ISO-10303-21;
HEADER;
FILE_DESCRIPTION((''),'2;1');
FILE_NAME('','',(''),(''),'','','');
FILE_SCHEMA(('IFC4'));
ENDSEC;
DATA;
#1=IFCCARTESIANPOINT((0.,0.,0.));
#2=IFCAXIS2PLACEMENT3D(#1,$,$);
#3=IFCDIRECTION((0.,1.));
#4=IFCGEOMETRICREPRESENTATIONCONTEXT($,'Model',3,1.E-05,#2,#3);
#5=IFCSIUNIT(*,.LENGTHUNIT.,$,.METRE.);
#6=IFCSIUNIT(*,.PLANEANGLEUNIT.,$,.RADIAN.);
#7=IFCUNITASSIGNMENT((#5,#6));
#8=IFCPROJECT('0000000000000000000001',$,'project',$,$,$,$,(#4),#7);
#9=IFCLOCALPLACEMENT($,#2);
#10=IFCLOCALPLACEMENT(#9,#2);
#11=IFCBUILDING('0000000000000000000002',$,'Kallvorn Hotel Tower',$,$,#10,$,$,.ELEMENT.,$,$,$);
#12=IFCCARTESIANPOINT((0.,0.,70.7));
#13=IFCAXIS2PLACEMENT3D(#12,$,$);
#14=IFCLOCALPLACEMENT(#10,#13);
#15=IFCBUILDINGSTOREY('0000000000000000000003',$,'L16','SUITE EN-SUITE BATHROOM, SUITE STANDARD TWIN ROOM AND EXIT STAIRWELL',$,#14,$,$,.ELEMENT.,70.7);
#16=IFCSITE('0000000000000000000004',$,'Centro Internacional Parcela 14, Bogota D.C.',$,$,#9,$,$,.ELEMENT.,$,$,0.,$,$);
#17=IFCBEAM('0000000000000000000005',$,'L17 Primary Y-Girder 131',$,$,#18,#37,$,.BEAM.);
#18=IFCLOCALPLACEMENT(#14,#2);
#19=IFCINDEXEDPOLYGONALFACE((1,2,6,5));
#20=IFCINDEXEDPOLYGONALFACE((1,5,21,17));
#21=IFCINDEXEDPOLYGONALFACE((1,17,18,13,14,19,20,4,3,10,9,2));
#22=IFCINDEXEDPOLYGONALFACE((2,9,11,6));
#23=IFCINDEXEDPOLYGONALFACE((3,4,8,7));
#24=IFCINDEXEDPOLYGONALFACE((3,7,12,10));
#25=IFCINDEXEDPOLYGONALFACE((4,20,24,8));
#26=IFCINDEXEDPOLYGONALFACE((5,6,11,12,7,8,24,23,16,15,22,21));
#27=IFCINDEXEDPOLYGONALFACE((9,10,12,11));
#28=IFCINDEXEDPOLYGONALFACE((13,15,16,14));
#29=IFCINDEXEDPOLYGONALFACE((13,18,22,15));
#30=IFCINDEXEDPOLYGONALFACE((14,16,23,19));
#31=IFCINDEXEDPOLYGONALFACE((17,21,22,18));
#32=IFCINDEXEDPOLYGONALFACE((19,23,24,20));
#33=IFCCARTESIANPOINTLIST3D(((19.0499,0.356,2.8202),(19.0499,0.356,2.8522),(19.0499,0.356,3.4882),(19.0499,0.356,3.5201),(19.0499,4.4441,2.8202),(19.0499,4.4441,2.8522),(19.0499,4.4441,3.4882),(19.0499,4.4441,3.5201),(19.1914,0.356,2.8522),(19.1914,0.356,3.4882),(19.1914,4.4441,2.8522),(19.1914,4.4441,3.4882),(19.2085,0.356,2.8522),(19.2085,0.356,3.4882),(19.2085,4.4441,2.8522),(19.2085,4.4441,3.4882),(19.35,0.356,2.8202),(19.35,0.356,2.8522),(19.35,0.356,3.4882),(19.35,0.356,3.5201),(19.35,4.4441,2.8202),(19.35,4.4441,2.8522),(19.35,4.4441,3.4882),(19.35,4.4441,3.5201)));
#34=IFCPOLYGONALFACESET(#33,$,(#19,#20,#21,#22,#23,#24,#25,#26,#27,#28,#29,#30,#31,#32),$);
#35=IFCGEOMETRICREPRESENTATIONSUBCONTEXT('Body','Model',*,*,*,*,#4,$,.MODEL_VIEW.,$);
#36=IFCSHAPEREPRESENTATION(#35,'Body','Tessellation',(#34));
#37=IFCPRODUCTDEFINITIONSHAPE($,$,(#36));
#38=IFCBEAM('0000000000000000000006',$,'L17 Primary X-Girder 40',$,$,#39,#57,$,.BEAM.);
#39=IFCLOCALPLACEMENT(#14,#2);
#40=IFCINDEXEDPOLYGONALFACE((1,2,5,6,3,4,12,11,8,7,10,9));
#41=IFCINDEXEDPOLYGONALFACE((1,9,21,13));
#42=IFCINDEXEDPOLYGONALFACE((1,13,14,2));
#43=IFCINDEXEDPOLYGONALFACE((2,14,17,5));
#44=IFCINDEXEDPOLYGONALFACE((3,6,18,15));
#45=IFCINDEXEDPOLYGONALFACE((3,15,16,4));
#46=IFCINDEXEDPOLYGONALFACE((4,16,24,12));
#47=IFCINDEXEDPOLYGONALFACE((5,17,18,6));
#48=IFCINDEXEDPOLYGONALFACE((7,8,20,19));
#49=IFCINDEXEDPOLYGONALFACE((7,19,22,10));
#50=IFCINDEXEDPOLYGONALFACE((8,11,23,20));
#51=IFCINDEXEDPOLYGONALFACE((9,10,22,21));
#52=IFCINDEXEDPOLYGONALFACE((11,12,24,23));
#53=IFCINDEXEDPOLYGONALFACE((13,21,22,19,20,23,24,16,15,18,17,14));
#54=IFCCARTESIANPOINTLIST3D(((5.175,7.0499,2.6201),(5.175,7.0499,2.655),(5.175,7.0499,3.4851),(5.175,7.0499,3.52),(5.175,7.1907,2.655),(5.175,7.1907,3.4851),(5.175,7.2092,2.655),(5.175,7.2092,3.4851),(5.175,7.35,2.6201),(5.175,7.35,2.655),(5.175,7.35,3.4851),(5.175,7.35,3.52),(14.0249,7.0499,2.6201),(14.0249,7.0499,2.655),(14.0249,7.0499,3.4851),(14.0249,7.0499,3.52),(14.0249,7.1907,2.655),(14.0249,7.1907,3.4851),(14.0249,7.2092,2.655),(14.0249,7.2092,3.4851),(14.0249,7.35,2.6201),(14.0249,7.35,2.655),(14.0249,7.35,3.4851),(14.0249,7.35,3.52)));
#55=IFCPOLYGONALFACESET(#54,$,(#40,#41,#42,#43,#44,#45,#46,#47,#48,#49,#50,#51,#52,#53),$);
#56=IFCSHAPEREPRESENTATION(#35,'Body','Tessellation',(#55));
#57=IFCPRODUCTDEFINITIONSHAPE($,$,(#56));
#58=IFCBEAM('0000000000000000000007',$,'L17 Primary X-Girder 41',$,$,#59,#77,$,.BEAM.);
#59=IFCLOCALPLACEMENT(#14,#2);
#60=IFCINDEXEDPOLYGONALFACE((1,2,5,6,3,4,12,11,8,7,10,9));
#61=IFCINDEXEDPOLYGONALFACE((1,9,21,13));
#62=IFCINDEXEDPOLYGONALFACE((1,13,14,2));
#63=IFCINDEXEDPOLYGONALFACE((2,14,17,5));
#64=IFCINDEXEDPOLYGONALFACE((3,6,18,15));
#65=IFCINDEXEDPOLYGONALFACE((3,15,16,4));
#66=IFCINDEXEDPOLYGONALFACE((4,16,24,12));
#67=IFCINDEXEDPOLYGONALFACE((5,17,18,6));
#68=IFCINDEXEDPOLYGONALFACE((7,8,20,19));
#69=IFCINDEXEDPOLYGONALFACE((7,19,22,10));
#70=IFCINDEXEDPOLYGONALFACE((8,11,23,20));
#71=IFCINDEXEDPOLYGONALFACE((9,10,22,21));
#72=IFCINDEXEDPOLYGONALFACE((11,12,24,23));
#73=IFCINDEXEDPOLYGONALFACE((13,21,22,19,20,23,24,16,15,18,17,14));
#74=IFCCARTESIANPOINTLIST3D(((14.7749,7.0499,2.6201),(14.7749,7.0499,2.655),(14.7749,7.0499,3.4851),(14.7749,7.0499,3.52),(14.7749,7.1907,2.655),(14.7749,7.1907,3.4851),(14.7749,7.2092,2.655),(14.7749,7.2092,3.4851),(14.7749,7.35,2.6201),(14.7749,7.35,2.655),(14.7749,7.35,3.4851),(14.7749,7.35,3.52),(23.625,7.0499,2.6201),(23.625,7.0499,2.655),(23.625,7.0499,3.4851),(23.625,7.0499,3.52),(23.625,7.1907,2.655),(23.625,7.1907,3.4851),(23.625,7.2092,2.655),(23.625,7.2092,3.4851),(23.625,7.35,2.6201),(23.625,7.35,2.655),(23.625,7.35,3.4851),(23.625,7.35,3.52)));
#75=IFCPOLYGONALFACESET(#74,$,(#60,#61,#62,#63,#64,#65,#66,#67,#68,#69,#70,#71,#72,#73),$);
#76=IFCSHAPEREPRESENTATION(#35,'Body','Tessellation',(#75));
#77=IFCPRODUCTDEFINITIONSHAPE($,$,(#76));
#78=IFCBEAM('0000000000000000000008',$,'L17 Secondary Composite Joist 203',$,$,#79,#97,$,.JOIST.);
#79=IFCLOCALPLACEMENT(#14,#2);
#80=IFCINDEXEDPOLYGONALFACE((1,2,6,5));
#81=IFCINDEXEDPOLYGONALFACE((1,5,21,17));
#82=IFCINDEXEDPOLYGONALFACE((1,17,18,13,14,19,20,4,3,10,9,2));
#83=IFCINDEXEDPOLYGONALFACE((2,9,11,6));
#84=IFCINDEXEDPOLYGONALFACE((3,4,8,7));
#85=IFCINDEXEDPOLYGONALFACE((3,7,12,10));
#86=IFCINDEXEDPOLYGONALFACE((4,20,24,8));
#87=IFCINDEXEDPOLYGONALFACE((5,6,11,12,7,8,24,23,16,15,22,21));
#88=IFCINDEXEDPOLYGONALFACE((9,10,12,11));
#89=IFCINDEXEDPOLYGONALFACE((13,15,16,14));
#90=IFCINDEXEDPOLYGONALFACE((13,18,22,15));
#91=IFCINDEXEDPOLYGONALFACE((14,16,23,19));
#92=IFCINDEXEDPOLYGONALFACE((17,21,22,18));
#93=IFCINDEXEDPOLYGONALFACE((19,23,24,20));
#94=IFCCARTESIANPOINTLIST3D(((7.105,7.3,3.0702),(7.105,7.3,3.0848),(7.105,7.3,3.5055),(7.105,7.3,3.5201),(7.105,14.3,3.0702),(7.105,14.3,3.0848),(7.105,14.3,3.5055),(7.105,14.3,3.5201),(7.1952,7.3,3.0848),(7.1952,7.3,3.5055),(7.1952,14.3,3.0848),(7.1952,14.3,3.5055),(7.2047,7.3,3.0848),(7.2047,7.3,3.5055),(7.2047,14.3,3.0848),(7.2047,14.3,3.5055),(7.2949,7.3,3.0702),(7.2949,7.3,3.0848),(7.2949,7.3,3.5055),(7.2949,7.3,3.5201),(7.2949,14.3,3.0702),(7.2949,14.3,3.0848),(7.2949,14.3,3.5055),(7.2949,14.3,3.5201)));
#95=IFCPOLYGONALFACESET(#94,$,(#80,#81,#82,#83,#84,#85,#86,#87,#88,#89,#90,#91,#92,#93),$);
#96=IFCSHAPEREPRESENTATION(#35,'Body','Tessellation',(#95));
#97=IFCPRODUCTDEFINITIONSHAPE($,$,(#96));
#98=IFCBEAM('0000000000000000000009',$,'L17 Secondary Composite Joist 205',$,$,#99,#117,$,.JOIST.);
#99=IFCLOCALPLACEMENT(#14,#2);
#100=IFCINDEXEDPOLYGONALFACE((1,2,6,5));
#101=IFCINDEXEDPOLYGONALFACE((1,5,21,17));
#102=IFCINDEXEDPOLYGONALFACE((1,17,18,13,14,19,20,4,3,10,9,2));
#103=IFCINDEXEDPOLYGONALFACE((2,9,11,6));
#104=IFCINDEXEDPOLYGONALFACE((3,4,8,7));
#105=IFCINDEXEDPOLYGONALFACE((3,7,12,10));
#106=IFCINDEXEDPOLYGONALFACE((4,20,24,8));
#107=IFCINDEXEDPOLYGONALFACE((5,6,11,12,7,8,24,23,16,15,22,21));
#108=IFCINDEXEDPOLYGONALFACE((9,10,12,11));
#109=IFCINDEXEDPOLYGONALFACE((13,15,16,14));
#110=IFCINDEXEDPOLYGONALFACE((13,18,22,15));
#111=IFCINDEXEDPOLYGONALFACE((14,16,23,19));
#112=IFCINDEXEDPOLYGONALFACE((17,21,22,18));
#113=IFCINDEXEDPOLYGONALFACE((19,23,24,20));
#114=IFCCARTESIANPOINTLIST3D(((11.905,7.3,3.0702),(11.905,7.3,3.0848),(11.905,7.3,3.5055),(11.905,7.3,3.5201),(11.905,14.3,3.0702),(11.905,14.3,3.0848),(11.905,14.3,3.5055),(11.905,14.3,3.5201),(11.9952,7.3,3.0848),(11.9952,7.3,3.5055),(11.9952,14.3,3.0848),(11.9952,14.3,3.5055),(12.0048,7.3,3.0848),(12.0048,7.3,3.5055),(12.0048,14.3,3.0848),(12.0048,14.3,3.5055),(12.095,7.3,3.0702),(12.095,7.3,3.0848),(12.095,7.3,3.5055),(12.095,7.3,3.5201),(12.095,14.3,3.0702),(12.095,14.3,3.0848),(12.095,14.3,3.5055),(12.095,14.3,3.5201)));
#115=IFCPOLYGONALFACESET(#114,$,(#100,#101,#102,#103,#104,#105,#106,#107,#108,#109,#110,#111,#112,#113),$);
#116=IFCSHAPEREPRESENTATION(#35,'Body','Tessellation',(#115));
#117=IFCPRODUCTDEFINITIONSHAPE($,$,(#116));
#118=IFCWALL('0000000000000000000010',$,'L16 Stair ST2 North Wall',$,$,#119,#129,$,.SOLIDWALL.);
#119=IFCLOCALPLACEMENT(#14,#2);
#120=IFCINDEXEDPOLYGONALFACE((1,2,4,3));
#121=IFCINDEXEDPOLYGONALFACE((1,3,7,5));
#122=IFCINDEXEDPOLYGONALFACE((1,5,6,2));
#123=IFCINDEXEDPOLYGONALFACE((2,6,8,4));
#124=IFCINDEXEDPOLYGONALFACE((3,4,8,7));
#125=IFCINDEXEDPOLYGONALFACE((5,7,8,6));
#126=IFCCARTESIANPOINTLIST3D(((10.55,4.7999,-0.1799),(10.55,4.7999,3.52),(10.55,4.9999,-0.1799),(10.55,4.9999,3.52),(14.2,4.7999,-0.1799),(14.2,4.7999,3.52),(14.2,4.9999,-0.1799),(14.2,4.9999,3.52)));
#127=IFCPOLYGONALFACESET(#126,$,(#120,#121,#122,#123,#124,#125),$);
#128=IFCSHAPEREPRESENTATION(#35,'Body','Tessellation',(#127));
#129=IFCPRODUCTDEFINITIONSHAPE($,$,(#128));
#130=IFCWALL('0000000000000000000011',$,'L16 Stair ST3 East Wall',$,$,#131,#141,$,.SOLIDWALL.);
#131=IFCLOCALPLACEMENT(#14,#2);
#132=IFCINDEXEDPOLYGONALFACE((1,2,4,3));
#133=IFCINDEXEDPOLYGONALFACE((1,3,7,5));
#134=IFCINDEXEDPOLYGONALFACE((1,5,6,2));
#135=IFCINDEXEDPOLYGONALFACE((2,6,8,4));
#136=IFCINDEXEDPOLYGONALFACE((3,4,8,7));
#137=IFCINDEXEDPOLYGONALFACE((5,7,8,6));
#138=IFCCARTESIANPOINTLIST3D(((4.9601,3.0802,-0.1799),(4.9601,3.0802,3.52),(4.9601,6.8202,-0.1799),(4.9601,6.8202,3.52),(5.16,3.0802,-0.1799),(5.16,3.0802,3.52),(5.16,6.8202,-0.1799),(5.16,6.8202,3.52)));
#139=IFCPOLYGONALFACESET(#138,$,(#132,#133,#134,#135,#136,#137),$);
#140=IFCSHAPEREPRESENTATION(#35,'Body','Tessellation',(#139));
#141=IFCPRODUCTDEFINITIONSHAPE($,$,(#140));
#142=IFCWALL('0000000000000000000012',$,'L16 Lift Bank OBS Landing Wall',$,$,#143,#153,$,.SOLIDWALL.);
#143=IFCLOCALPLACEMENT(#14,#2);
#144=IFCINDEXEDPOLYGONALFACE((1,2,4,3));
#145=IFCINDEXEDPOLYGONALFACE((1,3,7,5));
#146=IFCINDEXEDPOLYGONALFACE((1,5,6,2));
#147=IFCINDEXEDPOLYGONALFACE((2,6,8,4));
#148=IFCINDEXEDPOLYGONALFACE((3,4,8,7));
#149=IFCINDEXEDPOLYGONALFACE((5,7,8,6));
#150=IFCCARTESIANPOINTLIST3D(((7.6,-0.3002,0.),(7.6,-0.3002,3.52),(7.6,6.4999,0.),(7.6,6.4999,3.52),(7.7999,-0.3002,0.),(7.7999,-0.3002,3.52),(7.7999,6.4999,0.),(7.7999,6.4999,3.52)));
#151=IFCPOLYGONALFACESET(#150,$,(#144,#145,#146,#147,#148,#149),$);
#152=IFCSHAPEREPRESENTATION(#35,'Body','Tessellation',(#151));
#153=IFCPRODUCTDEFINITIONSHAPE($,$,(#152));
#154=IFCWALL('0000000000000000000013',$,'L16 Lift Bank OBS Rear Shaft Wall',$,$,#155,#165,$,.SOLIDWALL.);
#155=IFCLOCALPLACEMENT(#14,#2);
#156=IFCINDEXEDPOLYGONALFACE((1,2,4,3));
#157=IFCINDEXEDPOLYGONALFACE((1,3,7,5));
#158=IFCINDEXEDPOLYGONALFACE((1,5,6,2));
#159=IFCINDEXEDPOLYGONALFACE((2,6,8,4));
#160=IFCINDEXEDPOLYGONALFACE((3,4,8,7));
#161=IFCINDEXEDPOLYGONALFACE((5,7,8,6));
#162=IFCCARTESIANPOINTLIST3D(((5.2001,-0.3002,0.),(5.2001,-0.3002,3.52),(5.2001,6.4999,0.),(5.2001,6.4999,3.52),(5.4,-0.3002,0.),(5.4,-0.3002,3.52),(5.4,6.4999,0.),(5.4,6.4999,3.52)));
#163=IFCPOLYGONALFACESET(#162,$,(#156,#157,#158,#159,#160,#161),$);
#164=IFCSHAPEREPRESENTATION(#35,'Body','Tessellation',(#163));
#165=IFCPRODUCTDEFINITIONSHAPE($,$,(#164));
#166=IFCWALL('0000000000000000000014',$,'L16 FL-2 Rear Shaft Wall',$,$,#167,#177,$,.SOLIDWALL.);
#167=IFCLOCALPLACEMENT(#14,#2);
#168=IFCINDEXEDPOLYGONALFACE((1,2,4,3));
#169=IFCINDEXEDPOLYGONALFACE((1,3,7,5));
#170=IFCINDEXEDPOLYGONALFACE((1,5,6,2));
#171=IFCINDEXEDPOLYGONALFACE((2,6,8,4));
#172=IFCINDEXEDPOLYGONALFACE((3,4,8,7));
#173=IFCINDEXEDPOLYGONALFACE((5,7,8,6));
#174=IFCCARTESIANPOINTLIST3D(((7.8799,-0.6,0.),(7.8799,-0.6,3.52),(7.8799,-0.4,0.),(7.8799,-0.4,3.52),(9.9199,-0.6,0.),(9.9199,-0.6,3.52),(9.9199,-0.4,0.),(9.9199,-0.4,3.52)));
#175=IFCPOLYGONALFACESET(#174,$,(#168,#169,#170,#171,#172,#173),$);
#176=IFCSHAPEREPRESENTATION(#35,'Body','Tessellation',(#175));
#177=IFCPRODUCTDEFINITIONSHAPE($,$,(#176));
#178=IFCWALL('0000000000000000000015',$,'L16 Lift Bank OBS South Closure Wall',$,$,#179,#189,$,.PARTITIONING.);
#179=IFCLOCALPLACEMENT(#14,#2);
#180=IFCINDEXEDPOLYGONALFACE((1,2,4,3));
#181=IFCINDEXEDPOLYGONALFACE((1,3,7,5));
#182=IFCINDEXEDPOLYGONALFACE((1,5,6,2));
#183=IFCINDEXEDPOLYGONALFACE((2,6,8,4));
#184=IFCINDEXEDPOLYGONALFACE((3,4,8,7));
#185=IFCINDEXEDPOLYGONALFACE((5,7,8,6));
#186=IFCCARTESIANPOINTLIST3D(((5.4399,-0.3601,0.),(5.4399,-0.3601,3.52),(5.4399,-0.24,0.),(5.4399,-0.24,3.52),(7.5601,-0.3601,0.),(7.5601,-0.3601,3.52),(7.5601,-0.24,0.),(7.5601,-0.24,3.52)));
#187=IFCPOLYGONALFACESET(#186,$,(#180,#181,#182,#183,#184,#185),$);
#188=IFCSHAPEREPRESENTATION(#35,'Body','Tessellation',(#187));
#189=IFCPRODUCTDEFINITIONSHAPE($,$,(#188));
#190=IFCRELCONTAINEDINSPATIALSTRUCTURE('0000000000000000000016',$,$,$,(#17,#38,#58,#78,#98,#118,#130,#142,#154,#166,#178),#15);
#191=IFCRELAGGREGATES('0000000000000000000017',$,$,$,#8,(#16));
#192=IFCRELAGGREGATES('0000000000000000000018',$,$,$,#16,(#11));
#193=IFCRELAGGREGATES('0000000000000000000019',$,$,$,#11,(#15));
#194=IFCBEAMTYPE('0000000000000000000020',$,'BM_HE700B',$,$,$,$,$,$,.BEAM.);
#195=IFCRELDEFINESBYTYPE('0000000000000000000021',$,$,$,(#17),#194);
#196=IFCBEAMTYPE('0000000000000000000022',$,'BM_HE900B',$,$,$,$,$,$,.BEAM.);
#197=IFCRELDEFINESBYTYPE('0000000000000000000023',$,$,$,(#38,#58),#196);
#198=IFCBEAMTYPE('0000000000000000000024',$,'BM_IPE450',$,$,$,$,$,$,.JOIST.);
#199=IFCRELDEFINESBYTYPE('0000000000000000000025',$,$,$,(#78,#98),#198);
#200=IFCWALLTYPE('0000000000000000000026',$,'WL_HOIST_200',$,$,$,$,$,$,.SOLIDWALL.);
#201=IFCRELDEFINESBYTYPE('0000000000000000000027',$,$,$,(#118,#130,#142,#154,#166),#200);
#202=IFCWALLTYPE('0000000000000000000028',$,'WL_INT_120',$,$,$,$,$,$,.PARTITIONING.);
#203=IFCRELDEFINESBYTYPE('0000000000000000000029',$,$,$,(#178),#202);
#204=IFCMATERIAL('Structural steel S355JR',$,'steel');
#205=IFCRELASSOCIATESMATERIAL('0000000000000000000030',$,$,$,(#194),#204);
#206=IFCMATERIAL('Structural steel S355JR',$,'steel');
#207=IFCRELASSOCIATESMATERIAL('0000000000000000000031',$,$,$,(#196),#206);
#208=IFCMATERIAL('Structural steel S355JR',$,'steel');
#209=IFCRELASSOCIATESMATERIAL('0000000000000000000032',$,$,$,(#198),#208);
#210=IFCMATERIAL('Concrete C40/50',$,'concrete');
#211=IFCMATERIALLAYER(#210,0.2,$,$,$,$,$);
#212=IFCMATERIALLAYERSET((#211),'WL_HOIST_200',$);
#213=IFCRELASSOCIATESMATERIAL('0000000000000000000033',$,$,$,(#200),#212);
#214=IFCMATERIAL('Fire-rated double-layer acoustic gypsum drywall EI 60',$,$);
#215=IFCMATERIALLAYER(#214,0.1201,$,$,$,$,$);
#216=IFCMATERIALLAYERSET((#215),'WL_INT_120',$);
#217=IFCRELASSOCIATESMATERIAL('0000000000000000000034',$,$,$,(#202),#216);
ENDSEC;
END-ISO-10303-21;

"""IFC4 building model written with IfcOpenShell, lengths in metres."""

from ifc_helpers import new_model, si_unit, direction, frame, frame_2d, origin, origin_2d, place, context, subcontext, project, spatial, rectangle, i_section, extrude, material, layer, layer_set, material_profile, profile_set, type_object, element, save


model = new_model("IFC4")

# Units and contexts
model_context = context("Model", 3, precision=1e-05, world=origin(), true_north=direction((0.0, 1.0)))
body_context = subcontext(model_context, "Body", "Model", "MODEL_VIEW")
ifc_project = project(units=[si_unit("LENGTHUNIT", "METRE"), si_unit("PLANEANGLEUNIT", "RADIAN")], contexts=[model_context])

# Site, building, storey
site_placement = place(None, origin())
site = spatial("IfcSite", under=ifc_project, at=site_placement, Name="Centro Internacional Parcela 14, Bogota D.C.", CompositionType="ELEMENT", RefElevation=0.0)
building_placement = place(site_placement, origin())
building = spatial("IfcBuilding", under=site, at=building_placement, Name="Kallvorn Hotel Tower", CompositionType="ELEMENT")
storey_placement = place(building_placement, frame((0.0, 0.0, 70.7)))
storey = spatial("IfcBuildingStorey", under=building, at=storey_placement, Name="L16", Description="SUITE EN-SUITE BATHROOM, SUITE STANDARD TWIN ROOM AND EXIT STAIRWELL", CompositionType="ELEMENT", Elevation=70.7)

# Beams
ifc_material_1 = material(Name="Structural steel S355JR", Category="steel")
ifc_material_profile_1 = material_profile(ifc_material_1, i_section(OverallWidth=0.3, OverallDepth=0.7, WebThickness=0.0171, FlangeThickness=0.032, at=origin_2d()), Name="HE 700 B")
ifc_profile_set_1 = profile_set([ifc_material_profile_1], Name="Structural steel S355JR")
beam_type_1 = type_object("IfcBeamType", Name="BM_HE700B", PredefinedType="BEAM", material=ifc_profile_set_1)
beam_1_placement = place(storey_placement, frame((19.2, 0.356, 3.1702), z_axis=(0.0, 1.0, 0.0), x_axis=(-1.0, 0.0, 0.0)))
element("IfcBeam", 1, at=beam_1_placement, inside=storey, type_object=beam_type_1, Name="L17 Primary Y-Girder 131", PredefinedType="BEAM", context=body_context, shape_type="SweptSolid", body=[
    extrude(i_section(OverallWidth=0.3, OverallDepth=0.7, WebThickness=0.0171, FlangeThickness=0.032, at=origin_2d()), origin(), (0.0, 0.0, 1.0), 4.0881),
])
ifc_material_2 = material(Name="Structural steel S355JR", Category="steel")
ifc_material_profile_2 = material_profile(ifc_material_2, i_section(OverallWidth=0.3, OverallDepth=0.8999, WebThickness=0.0186, FlangeThickness=0.0349, at=origin_2d()), Name="HE 900 B")
ifc_profile_set_2 = profile_set([ifc_material_profile_2], Name="Structural steel S355JR")
beam_type_2 = type_object("IfcBeamType", Name="BM_HE900B", PredefinedType="BEAM", material=ifc_profile_set_2)
beam_2_placement = place(storey_placement, frame((5.175, 7.2, 3.0701), z_axis=(1.0, 0.0, 0.0), x_axis=(0.0, 1.0, 0.0)))
element("IfcBeam", 2, at=beam_2_placement, inside=storey, type_object=beam_type_2, Name="L17 Primary X-Girder 40", PredefinedType="BEAM", context=body_context, shape_type="SweptSolid", body=[
    extrude(i_section(OverallWidth=0.3, OverallDepth=0.8999, WebThickness=0.0186, FlangeThickness=0.0349, at=origin_2d()), origin(), (0.0, 0.0, 1.0), 8.8499),
])
beam_3_placement = place(storey_placement, frame((14.7749, 7.2, 3.0701), z_axis=(1.0, 0.0, 0.0), x_axis=(0.0, 1.0, 0.0)))
element("IfcBeam", 3, at=beam_3_placement, inside=storey, type_object=beam_type_2, Name="L17 Primary X-Girder 41", PredefinedType="BEAM", context=body_context, shape_type="SweptSolid", body=[
    extrude(i_section(OverallWidth=0.3, OverallDepth=0.8999, WebThickness=0.0186, FlangeThickness=0.0349, at=origin_2d()), origin(), (0.0, 0.0, 1.0), 8.8501),
])
ifc_material_3 = material(Name="Structural steel S355JR", Category="steel")
ifc_material_profile_3 = material_profile(ifc_material_3, i_section(OverallWidth=0.1899, OverallDepth=0.45, WebThickness=0.0095, FlangeThickness=0.0146, at=origin_2d()), Name="IPE 450")
ifc_profile_set_3 = profile_set([ifc_material_profile_3], Name="Structural steel S355JR")
beam_type_3 = type_object("IfcBeamType", Name="BM_IPE450", PredefinedType="JOIST", material=ifc_profile_set_3)
for number, where, z_axis, x_axis, name in (
    (4, (7.2, 7.3, 3.2952), (0.0, 1.0, 0.0), (-1.0, 0.0, 0.0), "L17 Secondary Composite Joist 203"),
    (5, (12.0, 7.3, 3.2952), (0.0, 1.0, 0.0), (-1.0, 0.0, 0.0), "L17 Secondary Composite Joist 205"),
):
    element("IfcBeam", number, at=place(storey_placement, frame(where, z_axis=z_axis, x_axis=x_axis)), inside=storey, type_object=beam_type_3, Name=name, PredefinedType="JOIST", context=body_context, shape_type="SweptSolid", body=[
        extrude(i_section(OverallWidth=0.1899, OverallDepth=0.45, WebThickness=0.0095, FlangeThickness=0.0146, at=origin_2d()), origin(), (0.0, 0.0, 1.0), 7.0),
    ])

# Walls
ifc_material_4 = material(Name="Concrete C40/50", Category="concrete")
ifc_layer_1 = layer(ifc_material_4, 0.2)
ifc_layer_set_1 = layer_set([ifc_layer_1], Name="WL_HOIST_200")
wall_type_1 = type_object("IfcWallType", Name="WL_HOIST_200", PredefinedType="SOLIDWALL", material=ifc_layer_set_1)
wall_1_placement = place(storey_placement, frame((10.55, 4.8999, -0.1799), z_axis=(0.0, 0.0, 1.0), x_axis=(1.0, 0.0, 0.0)))
element("IfcWall", 6, at=wall_1_placement, inside=storey, type_object=wall_type_1, Name="L16 Stair ST2 North Wall", PredefinedType="SOLIDWALL", context=body_context, shape_type="SweptSolid", body=[
    extrude(rectangle(XDim=3.6499, YDim=0.2, at=frame_2d((1.825, 0.0))), origin(), (0.0, 0.0, 1.0), 3.7),
])
wall_2_placement = place(storey_placement, frame((5.0601, 3.0801, -0.1799), z_axis=(0.0, 0.0, 1.0), x_axis=(0.0, 1.0, 0.0)))
element("IfcWall", 7, at=wall_2_placement, inside=storey, type_object=wall_type_1, Name="L16 Stair ST3 East Wall", PredefinedType="SOLIDWALL", context=body_context, shape_type="SweptSolid", body=[
    extrude(rectangle(XDim=3.74, YDim=0.2, at=frame_2d((1.8701, 0.0))), origin(), (0.0, 0.0, 1.0), 3.7),
])
for number, where, z_axis, x_axis, name in (
    (8, (7.7, -0.3, 0.0), (0.0, 0.0, 1.0), (0.0, 1.0, 0.0), "L16 Lift Bank OBS Landing Wall"),
    (9, (5.3, -0.3, 0.0), (0.0, 0.0, 1.0), (0.0, 1.0, 0.0), "L16 Lift Bank OBS Rear Shaft Wall"),
):
    element("IfcWall", number, at=place(storey_placement, frame(where, z_axis=z_axis, x_axis=x_axis)), inside=storey, type_object=wall_type_1, Name=name, PredefinedType="SOLIDWALL", context=body_context, shape_type="SweptSolid", body=[
        extrude(rectangle(XDim=6.8, YDim=0.2, at=frame_2d((3.3999, 0.0))), origin(), (0.0, 0.0, 1.0), 3.52),
    ])
wall_3_placement = place(storey_placement, frame((7.8799, -0.5, 0.0), z_axis=(0.0, 0.0, 1.0), x_axis=(1.0, 0.0, 0.0)))
element("IfcWall", 10, at=wall_3_placement, inside=storey, type_object=wall_type_1, Name="L16 FL-2 Rear Shaft Wall", PredefinedType="SOLIDWALL", context=body_context, shape_type="SweptSolid", body=[
    extrude(rectangle(XDim=2.04, YDim=0.2, at=frame_2d((1.02, 0.0))), origin(), (0.0, 0.0, 1.0), 3.52),
])
ifc_material_5 = material(Name="Fire-rated double-layer acoustic gypsum drywall EI 60")
ifc_layer_2 = layer(ifc_material_5, 0.1201)
ifc_layer_set_2 = layer_set([ifc_layer_2], Name="WL_INT_120")
wall_type_2 = type_object("IfcWallType", Name="WL_INT_120", PredefinedType="PARTITIONING", material=ifc_layer_set_2)
for number, where, z_axis, x_axis, name in (
    (11, (5.4399, -0.3, 0.0), (0.0, 0.0, 1.0), (1.0, 0.0, 0.0), "L16 Lift Bank OBS South Closure Wall"),
):
    element("IfcWall", number, at=place(storey_placement, frame(where, z_axis=z_axis, x_axis=x_axis)), inside=storey, type_object=wall_type_2, Name=name, PredefinedType="PARTITIONING", context=body_context, shape_type="SweptSolid", body=[
        extrude(rectangle(XDim=2.1201, YDim=0.1201, at=frame_2d((1.0601, 0.0))), origin(), (0.0, 0.0, 1.0), 3.52),
    ])

save(model, "model.ifc")
